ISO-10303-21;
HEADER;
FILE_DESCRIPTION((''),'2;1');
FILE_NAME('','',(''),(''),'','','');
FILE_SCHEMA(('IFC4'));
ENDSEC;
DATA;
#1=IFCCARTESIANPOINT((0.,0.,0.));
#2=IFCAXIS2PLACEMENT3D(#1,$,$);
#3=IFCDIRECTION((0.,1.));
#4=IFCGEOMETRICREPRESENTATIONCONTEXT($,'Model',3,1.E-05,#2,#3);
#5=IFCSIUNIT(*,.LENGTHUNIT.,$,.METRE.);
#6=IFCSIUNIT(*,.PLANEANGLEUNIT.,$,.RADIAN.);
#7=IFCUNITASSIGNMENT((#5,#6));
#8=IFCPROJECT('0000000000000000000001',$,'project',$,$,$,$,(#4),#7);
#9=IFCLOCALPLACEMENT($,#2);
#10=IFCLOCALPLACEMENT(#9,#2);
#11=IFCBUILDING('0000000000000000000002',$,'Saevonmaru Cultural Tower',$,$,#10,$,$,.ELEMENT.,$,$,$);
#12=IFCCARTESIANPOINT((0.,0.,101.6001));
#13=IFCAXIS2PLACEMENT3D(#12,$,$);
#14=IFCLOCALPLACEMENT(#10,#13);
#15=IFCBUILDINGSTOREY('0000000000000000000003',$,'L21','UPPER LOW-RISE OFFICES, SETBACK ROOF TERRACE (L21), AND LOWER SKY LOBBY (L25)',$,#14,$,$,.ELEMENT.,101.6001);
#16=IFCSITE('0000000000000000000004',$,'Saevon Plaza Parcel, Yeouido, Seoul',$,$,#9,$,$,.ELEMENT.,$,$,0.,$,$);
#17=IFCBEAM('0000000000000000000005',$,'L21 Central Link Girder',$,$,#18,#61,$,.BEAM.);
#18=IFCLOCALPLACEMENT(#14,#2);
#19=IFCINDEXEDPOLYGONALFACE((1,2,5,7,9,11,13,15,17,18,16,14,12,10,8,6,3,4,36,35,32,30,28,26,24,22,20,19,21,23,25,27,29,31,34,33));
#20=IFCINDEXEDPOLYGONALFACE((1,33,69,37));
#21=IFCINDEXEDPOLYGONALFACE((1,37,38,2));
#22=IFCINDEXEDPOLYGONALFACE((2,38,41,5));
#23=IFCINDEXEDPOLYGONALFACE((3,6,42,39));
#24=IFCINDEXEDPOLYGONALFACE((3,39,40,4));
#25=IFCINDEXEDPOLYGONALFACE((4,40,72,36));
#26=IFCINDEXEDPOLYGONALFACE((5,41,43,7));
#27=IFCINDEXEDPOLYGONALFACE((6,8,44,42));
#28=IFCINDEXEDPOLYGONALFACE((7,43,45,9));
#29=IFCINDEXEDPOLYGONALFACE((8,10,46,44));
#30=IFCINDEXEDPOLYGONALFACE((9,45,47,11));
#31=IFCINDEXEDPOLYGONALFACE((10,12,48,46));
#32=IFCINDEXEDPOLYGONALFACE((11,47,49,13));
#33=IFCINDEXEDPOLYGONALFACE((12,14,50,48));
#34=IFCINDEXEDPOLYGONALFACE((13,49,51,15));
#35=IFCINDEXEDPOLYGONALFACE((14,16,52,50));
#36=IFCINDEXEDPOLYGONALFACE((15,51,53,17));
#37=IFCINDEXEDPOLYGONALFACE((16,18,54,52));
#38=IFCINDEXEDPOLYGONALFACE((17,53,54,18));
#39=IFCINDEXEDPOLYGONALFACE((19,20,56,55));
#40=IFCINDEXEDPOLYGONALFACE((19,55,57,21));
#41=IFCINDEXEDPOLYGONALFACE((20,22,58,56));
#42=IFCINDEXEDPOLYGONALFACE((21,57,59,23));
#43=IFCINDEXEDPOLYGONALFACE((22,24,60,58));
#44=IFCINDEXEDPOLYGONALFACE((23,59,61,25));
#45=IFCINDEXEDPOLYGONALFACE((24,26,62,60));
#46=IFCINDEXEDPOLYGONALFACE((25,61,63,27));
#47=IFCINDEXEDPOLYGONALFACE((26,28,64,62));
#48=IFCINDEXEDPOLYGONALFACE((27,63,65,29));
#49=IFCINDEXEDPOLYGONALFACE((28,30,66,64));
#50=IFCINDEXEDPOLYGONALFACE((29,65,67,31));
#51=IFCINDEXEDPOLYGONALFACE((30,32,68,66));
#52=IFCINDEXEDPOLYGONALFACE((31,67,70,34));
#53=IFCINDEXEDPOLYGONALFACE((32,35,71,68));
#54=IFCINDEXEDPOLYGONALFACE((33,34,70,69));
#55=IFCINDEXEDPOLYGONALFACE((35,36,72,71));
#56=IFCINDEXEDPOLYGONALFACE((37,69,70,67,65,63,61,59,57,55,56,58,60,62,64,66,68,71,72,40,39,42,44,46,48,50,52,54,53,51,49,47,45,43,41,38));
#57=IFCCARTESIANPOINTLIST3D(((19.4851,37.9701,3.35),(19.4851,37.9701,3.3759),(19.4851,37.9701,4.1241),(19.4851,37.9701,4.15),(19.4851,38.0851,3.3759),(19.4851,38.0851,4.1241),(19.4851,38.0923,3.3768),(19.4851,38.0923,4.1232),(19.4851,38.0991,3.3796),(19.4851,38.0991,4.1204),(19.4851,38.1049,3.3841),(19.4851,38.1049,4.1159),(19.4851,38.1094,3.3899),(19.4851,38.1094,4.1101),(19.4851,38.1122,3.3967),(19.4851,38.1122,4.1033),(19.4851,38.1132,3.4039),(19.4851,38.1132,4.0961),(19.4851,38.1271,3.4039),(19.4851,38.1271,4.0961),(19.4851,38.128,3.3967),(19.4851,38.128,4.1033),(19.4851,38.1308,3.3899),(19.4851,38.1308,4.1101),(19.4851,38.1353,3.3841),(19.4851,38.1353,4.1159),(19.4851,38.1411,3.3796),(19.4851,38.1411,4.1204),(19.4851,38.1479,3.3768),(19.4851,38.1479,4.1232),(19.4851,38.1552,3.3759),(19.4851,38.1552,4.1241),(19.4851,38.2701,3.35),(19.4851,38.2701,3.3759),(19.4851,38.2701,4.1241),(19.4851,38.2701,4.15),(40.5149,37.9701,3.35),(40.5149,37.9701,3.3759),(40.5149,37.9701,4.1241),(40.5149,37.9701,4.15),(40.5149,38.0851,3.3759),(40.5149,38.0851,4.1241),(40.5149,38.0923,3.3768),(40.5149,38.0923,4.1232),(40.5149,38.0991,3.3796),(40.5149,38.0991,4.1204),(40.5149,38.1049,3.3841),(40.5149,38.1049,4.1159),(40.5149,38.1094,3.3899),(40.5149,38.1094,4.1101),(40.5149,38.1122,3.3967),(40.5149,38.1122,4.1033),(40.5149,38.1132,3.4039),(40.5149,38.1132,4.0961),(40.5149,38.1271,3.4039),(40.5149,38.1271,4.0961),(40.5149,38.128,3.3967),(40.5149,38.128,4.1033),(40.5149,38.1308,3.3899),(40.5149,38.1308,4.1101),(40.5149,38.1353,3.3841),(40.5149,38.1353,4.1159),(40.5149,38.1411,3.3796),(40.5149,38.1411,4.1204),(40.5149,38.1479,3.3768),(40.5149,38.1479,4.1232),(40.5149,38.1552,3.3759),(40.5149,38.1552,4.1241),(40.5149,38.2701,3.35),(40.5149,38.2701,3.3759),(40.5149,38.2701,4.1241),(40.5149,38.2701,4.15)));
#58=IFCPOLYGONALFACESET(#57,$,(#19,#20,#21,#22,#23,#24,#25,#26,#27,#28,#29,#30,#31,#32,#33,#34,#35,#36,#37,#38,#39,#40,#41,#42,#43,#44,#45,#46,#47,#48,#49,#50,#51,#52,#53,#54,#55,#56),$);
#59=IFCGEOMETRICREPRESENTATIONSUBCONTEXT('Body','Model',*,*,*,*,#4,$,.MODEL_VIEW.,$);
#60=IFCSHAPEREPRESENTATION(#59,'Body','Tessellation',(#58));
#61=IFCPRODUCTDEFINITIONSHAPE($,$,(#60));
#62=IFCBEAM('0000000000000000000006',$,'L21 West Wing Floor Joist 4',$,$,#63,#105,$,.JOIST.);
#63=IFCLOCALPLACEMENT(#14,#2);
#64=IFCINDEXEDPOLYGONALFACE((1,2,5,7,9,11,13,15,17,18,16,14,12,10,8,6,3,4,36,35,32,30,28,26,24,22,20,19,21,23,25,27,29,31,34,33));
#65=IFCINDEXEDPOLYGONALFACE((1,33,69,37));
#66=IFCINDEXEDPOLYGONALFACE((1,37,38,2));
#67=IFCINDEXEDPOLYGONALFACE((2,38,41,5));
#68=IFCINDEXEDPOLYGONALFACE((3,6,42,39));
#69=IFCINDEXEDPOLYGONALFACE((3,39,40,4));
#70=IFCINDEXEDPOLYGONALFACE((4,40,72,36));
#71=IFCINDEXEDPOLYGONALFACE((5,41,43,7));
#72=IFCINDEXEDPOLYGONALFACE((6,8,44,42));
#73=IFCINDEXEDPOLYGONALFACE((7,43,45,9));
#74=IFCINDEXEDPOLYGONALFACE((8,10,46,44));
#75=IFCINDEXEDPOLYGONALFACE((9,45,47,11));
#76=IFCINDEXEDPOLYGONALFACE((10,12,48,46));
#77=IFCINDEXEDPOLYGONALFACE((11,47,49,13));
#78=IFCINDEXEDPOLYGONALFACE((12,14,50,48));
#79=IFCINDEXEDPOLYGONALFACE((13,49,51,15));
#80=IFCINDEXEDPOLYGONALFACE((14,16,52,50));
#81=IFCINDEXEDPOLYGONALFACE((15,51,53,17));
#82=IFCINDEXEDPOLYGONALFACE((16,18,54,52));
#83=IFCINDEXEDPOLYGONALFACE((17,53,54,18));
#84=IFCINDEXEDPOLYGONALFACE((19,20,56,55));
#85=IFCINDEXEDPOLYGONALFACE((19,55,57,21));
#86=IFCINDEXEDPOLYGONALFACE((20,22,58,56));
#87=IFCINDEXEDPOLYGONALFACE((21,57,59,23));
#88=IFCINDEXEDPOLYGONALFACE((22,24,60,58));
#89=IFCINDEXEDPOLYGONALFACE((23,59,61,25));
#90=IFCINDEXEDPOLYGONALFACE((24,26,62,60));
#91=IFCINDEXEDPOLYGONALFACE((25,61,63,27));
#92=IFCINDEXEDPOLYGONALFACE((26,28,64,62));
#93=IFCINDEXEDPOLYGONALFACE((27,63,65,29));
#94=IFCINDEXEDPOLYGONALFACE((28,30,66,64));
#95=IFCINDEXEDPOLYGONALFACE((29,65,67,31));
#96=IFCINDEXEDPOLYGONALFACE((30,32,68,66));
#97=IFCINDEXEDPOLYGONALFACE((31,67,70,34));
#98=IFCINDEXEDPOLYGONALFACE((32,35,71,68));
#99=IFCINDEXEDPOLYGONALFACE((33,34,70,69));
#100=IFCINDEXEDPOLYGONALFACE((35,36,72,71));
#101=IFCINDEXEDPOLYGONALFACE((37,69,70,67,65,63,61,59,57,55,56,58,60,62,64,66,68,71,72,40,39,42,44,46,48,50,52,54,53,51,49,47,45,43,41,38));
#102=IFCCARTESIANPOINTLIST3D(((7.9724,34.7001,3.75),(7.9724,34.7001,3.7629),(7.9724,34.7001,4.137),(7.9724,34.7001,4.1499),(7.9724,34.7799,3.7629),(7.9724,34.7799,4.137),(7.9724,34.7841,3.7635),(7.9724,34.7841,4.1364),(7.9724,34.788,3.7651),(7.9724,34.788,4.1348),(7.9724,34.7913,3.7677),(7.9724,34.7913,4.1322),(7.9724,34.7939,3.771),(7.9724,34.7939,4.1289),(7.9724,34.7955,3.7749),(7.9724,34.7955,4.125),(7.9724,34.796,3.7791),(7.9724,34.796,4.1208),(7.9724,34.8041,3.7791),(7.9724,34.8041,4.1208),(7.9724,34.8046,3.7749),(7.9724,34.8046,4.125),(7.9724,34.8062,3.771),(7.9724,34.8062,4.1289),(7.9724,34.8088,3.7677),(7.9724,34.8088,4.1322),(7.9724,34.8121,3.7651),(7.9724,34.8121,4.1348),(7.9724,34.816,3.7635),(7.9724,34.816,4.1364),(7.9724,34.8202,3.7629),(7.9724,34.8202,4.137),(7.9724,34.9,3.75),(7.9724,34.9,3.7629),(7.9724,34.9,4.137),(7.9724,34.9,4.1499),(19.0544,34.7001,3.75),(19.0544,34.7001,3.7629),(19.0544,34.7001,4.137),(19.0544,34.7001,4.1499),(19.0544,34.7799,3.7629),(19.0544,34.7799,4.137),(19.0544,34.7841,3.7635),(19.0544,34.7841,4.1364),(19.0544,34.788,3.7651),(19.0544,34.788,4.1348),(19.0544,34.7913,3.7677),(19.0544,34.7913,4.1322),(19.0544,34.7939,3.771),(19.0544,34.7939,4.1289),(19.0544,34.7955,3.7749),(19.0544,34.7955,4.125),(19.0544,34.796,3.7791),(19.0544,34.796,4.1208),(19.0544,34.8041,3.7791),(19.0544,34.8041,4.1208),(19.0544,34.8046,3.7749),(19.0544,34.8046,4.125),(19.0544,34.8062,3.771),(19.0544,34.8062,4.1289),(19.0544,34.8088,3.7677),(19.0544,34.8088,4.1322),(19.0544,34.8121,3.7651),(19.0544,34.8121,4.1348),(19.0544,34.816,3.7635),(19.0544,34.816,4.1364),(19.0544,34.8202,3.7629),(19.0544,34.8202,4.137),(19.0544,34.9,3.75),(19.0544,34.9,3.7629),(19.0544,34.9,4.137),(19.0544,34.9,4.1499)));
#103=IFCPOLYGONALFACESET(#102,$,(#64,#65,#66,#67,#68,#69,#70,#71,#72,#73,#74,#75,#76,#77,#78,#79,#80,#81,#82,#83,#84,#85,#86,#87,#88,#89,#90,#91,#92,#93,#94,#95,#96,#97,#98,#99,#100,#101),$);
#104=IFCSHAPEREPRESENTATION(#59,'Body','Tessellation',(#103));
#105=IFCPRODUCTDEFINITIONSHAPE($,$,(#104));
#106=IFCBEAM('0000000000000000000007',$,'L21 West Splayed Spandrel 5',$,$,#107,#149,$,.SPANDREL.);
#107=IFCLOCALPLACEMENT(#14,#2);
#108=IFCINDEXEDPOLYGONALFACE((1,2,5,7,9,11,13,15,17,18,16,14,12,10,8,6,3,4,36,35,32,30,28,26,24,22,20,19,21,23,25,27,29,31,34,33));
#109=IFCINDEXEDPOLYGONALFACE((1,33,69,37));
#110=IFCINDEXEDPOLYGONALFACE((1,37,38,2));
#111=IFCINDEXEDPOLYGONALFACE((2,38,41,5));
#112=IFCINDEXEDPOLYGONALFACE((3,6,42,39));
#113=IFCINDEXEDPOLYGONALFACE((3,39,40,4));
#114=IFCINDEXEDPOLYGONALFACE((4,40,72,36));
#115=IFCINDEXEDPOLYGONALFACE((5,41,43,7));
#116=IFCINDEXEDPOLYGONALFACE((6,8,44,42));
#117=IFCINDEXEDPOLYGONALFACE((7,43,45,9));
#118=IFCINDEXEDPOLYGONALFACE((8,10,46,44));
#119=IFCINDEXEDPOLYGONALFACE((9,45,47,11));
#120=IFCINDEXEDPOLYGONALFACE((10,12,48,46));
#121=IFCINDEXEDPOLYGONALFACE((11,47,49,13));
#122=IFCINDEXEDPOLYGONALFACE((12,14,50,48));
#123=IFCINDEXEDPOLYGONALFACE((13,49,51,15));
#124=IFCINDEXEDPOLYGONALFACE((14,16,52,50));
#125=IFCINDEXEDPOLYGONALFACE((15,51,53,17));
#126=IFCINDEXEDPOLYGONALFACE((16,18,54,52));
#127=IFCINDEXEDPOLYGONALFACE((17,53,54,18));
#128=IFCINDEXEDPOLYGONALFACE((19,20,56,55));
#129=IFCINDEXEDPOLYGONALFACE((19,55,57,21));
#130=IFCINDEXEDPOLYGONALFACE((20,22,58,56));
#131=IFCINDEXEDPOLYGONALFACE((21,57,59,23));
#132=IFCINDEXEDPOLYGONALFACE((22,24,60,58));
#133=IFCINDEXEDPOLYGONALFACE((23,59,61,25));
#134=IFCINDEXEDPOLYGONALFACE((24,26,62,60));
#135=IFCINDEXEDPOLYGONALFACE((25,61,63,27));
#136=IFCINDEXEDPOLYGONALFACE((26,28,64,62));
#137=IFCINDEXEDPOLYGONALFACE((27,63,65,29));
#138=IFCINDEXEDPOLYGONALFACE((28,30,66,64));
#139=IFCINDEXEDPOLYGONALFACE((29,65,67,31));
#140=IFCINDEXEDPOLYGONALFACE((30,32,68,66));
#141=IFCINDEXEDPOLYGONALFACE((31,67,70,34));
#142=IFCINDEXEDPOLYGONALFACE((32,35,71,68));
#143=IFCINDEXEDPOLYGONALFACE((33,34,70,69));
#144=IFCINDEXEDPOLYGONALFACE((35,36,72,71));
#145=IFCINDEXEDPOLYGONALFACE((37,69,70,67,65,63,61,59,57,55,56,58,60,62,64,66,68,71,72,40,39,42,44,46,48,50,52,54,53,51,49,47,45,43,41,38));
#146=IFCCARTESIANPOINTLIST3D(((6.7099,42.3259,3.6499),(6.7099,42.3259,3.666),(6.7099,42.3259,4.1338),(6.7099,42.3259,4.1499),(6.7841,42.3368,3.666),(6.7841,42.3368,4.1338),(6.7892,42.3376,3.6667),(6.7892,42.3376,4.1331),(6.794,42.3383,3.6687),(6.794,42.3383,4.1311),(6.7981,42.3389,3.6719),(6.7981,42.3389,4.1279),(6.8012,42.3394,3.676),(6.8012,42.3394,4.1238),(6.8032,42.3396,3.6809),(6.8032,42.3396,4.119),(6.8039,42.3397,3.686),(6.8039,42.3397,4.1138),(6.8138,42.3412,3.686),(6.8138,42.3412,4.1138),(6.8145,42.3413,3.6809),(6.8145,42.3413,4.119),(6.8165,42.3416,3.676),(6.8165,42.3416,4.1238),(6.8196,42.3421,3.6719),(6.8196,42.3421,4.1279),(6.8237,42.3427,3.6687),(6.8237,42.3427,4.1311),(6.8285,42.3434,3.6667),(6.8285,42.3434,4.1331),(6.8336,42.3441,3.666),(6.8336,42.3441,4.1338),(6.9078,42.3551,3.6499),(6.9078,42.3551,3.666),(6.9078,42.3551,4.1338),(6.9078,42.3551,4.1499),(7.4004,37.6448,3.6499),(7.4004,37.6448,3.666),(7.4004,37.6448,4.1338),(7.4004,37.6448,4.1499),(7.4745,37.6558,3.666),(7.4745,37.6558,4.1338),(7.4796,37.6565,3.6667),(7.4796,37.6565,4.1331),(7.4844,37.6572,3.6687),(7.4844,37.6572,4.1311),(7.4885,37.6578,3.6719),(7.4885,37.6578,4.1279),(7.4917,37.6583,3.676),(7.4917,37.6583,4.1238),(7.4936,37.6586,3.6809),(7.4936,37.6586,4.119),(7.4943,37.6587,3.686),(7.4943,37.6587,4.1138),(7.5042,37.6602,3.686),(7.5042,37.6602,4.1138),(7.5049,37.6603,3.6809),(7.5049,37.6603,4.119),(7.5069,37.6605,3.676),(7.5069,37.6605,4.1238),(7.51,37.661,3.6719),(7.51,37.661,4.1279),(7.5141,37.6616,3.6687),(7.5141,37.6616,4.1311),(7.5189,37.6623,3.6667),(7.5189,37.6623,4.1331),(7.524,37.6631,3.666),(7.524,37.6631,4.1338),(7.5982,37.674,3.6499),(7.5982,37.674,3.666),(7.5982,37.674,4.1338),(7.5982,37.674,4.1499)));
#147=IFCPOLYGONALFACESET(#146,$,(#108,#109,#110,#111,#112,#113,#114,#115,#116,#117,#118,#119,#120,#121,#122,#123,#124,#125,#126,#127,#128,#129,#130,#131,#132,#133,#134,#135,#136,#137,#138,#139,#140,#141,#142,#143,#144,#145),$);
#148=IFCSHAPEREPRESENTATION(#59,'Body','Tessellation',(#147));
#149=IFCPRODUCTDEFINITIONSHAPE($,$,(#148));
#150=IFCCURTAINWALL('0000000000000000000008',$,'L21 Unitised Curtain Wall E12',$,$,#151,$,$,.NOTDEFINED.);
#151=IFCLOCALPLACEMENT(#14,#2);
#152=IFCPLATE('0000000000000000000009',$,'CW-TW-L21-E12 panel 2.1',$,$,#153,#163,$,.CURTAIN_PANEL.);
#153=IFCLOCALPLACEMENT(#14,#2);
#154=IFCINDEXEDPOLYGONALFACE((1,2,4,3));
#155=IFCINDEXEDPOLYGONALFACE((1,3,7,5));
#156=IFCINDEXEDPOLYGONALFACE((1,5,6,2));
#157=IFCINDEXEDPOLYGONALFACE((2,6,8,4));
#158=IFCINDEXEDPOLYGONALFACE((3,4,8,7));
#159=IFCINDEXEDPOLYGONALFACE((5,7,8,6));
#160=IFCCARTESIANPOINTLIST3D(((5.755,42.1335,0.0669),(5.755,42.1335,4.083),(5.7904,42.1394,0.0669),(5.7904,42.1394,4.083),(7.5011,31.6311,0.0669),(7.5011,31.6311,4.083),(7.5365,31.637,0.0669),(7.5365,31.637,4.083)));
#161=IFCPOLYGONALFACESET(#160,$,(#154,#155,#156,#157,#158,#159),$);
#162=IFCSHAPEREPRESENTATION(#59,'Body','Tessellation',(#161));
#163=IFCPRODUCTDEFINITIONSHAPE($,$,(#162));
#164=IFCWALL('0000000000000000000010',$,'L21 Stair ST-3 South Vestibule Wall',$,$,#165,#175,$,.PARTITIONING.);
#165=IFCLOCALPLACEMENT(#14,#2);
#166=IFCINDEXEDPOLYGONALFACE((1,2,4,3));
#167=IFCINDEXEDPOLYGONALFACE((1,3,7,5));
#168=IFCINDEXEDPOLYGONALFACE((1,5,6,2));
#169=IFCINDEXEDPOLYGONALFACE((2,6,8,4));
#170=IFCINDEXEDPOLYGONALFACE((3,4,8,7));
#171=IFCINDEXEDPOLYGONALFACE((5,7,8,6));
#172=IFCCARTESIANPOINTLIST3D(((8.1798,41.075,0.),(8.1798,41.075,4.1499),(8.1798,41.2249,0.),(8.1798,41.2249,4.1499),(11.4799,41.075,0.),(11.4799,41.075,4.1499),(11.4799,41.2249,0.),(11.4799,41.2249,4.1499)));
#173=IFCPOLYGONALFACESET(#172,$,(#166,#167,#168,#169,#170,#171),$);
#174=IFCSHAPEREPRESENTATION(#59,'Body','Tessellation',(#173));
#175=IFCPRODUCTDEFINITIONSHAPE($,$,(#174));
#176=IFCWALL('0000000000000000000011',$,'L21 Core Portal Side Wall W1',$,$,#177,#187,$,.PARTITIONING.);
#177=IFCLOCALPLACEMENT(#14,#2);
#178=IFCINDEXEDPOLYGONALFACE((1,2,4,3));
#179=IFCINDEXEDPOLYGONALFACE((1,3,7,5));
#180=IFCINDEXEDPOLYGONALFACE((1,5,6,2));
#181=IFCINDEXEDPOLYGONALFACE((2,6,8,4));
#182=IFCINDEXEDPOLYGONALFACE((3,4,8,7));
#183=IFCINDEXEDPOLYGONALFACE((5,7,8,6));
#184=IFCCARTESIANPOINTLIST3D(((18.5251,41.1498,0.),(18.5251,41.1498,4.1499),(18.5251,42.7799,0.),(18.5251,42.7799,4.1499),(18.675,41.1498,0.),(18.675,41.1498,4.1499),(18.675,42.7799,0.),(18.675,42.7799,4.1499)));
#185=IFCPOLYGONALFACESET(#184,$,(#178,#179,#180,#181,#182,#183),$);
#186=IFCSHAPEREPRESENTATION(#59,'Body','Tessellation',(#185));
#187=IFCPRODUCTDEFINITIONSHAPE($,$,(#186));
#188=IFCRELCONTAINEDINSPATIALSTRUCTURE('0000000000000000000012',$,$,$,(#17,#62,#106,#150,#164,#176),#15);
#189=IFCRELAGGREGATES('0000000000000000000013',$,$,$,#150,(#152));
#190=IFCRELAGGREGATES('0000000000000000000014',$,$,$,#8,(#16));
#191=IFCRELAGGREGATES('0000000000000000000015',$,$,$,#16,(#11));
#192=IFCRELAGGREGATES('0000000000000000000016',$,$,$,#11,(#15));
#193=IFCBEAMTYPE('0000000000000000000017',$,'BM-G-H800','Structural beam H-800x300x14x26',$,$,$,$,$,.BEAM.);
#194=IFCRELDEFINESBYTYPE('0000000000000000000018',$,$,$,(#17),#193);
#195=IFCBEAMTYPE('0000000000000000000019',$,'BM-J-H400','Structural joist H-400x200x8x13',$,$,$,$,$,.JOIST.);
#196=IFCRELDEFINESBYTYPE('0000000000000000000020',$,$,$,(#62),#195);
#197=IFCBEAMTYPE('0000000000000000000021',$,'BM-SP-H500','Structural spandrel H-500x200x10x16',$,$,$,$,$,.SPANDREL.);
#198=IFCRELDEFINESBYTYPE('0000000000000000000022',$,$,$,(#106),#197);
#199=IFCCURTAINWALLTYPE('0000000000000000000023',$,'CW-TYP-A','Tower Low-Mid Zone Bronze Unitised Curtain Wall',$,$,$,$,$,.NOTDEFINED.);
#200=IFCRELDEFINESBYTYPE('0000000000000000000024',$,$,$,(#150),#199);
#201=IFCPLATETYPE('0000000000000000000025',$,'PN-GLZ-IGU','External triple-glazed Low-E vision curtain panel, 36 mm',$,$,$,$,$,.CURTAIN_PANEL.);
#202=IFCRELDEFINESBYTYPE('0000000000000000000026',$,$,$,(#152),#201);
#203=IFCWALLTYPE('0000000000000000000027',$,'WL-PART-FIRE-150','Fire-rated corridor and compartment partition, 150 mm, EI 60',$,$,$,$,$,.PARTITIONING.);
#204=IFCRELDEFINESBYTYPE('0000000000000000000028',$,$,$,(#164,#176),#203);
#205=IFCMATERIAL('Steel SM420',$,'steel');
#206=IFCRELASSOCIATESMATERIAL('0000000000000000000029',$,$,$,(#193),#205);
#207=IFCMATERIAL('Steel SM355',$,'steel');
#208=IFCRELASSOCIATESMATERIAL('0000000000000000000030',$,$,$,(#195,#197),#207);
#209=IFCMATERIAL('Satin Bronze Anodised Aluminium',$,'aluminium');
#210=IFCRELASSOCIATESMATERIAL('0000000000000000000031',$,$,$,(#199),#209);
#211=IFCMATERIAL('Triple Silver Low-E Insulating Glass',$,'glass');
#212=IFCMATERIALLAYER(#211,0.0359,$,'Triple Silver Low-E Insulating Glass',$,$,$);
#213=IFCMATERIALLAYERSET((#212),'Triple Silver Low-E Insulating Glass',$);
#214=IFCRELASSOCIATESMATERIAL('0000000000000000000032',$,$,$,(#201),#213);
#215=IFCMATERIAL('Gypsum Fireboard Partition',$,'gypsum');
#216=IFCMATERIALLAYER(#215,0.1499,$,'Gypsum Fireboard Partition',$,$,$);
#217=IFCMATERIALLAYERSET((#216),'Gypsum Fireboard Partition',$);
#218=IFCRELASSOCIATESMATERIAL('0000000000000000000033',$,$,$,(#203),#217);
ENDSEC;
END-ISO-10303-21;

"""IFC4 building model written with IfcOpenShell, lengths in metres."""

from ifc_helpers import new_model, si_unit, direction, frame, frame_2d, origin, origin_2d, place, context, subcontext, project, spatial, rectangle, i_section, extrude, material, layer, layer_set, material_profile, profile_set, type_object, element, aggregate, save


model = new_model("IFC4")

# Units and contexts
model_context = context("Model", 3, precision=1e-05, world=origin(), true_north=direction((0.0, 1.0)))
body_context = subcontext(model_context, "Body", "Model", "MODEL_VIEW")
ifc_project = project(units=[si_unit("LENGTHUNIT", "METRE"), si_unit("PLANEANGLEUNIT", "RADIAN")], contexts=[model_context])

# Site, building, storey
site_placement = place(None, origin())
site = spatial("IfcSite", under=ifc_project, at=site_placement, Name="Saevon Plaza Parcel, Yeouido, Seoul", CompositionType="ELEMENT", RefElevation=0.0)
building_placement = place(site_placement, origin())
building = spatial("IfcBuilding", under=site, at=building_placement, Name="Saevonmaru Cultural Tower", CompositionType="ELEMENT")
storey_placement = place(building_placement, frame((0.0, 0.0, 101.6001)))
storey = spatial("IfcBuildingStorey", under=building, at=storey_placement, Name="L21", Description="UPPER LOW-RISE OFFICES, SETBACK ROOF TERRACE (L21), AND LOWER SKY LOBBY (L25)", CompositionType="ELEMENT", Elevation=101.6001)

# Shared definitions
ifc_material_1 = material(Name="Steel SM420", Category="steel")
ifc_material_2 = material(Name="Steel SM355", Category="steel")

# Beams
ifc_material_profile_1 = material_profile(ifc_material_1, i_section(OverallWidth=0.3, OverallDepth=0.8, WebThickness=0.0139, FlangeThickness=0.0259, FilletRadius=0.0281, at=origin_2d()), Name="H-800x300x14x26")
ifc_profile_set_1 = profile_set([ifc_material_profile_1], Name="Steel SM420")
beam_type_1 = type_object("IfcBeamType", Name="BM-G-H800", Description="Structural beam H-800x300x14x26", PredefinedType="BEAM", material=ifc_profile_set_1)
beam_1_placement = place(storey_placement, frame((19.4851, 38.1201, 3.75), z_axis=(1.0, 0.0, 0.0), x_axis=(0.0, 1.0, 0.0)))
element("IfcBeam", 1, at=beam_1_placement, inside=storey, type_object=beam_type_1, Name="L21 Central Link Girder", PredefinedType="BEAM", context=body_context, shape_type="SweptSolid", body=[
    extrude(i_section(OverallWidth=0.3, OverallDepth=0.8, WebThickness=0.0139, FlangeThickness=0.0259, FilletRadius=0.0281, at=origin_2d()), origin(), (0.0, 0.0, 1.0), 21.0298),
])
ifc_material_profile_2 = material_profile(ifc_material_2, i_section(OverallWidth=0.2, OverallDepth=0.3999, WebThickness=0.0081, FlangeThickness=0.0129, FilletRadius=0.0161, at=origin_2d()), Name="H-400x200x8x13")
ifc_profile_set_2 = profile_set([ifc_material_profile_2], Name="Steel SM355")
beam_type_2 = type_object("IfcBeamType", Name="BM-J-H400", Description="Structural joist H-400x200x8x13", PredefinedType="JOIST", material=ifc_profile_set_2)
beam_2_placement = place(storey_placement, frame((7.9724, 34.8, 3.95), z_axis=(1.0, 0.0, 0.0), x_axis=(0.0, 1.0, 0.0)))
element("IfcBeam", 2, at=beam_2_placement, inside=storey, type_object=beam_type_2, Name="L21 West Wing Floor Joist 4", PredefinedType="JOIST", context=body_context, shape_type="SweptSolid", body=[
    extrude(i_section(OverallWidth=0.2, OverallDepth=0.3999, WebThickness=0.0081, FlangeThickness=0.0129, FilletRadius=0.0161, at=origin_2d()), origin(), (0.0, 0.0, 1.0), 11.082),
])
ifc_material_profile_3 = material_profile(ifc_material_2, i_section(OverallWidth=0.2, OverallDepth=0.5, WebThickness=0.01, FlangeThickness=0.0161, FilletRadius=0.02, at=origin_2d()), Name="H-500x200x10x16")
ifc_profile_set_3 = profile_set([ifc_material_profile_3], Name="Steel SM355")
beam_type_3 = type_object("IfcBeamType", Name="BM-SP-H500", Description="Structural spandrel H-500x200x10x16", PredefinedType="SPANDREL", material=ifc_profile_set_3)
beam_3_placement = place(storey_placement, frame((7.4993, 37.6594, 3.8999), z_axis=(-0.145913, 0.989297, 0.0), x_axis=(-0.989297, -0.145913, 0.0)))
element("IfcBeam", 3, at=beam_3_placement, inside=storey, type_object=beam_type_3, Name="L21 West Splayed Spandrel 5", PredefinedType="SPANDREL", context=body_context, shape_type="SweptSolid", body=[
    extrude(i_section(OverallWidth=0.2, OverallDepth=0.5, WebThickness=0.01, FlangeThickness=0.0161, FilletRadius=0.02, at=origin_2d()), origin(), (0.0, 0.0, 1.0), 4.7317),
])

# Curtain wall, plate
ifc_material_3 = material(Name="Satin Bronze Anodised Aluminium", Category="aluminium")
curtain_wall_type = type_object("IfcCurtainWallType", Name="CW-TYP-A", Description="Tower Low-Mid Zone Bronze Unitised Curtain Wall", PredefinedType="NOTDEFINED", material=ifc_material_3)
curtain_wall_placement = place(storey_placement, origin())
curtain_wall = element("IfcCurtainWall", 4, at=curtain_wall_placement, inside=storey, type_object=curtain_wall_type, Name="L21 Unitised Curtain Wall E12", PredefinedType="NOTDEFINED")
ifc_material_4 = material(Name="Triple Silver Low-E Insulating Glass", Category="glass")
ifc_layer_1 = layer(ifc_material_4, 0.0359, Name="Triple Silver Low-E Insulating Glass")
ifc_layer_set_1 = layer_set([ifc_layer_1], Name="Triple Silver Low-E Insulating Glass")
plate_type = type_object("IfcPlateType", Name="PN-GLZ-IGU", Description="External triple-glazed Low-E vision curtain panel, 36 mm", PredefinedType="CURTAIN_PANEL", material=ifc_layer_set_1)
plate_placement = place(storey_placement, frame((6.6458, 36.8853, 0.0669), z_axis=(0.0, 0.0, 1.0), x_axis=(0.163999, -0.986461, 0.0)))
plate = element("IfcPlate", 5, at=plate_placement, type_object=plate_type, Name="CW-TW-L21-E12 panel 2.1", PredefinedType="CURTAIN_PANEL", context=body_context, shape_type="SweptSolid", body=[
    extrude(rectangle(XDim=10.6465, YDim=0.0359, at=origin_2d()), origin(), (0.0, 0.0, 1.0), 4.0161),
])
aggregate(curtain_wall, [plate])

# Walls
ifc_material_5 = material(Name="Gypsum Fireboard Partition", Category="gypsum")
ifc_layer_2 = layer(ifc_material_5, 0.1499, Name="Gypsum Fireboard Partition")
ifc_layer_set_2 = layer_set([ifc_layer_2], Name="Gypsum Fireboard Partition")
wall_type_1 = type_object("IfcWallType", Name="WL-PART-FIRE-150", Description="Fire-rated corridor and compartment partition, 150 mm, EI 60", PredefinedType="PARTITIONING", material=ifc_layer_set_2)
wall_1_placement = place(storey_placement, frame((8.1799, 41.1499, 0.0), z_axis=(0.0, 0.0, 1.0), x_axis=(1.0, 0.0, 0.0)))
element("IfcWall", 6, at=wall_1_placement, inside=storey, type_object=wall_type_1, Name="L21 Stair ST-3 South Vestibule Wall", PredefinedType="PARTITIONING", context=body_context, shape_type="SweptSolid", body=[
    extrude(rectangle(XDim=3.3, YDim=0.1499, at=frame_2d((1.6499, 0.0))), origin(), (0.0, 0.0, 1.0), 4.1499),
])
for number, where, z_axis, x_axis, name in (
    (7, (18.6001, 41.1499, 0.0), (0.0, 0.0, 1.0), (0.0, 1.0, 0.0), "L21 Core Portal Side Wall W1"),
):
    element("IfcWall", number, at=place(storey_placement, frame(where, z_axis=z_axis, x_axis=x_axis)), inside=storey, type_object=wall_type_1, Name=name, PredefinedType="PARTITIONING", context=body_context, shape_type="SweptSolid", body=[
        extrude(rectangle(XDim=1.6301, YDim=0.1499, at=frame_2d((0.8149, 0.0))), origin(), (0.0, 0.0, 1.0), 4.1499),
    ])

save(model, "model.ifc")
